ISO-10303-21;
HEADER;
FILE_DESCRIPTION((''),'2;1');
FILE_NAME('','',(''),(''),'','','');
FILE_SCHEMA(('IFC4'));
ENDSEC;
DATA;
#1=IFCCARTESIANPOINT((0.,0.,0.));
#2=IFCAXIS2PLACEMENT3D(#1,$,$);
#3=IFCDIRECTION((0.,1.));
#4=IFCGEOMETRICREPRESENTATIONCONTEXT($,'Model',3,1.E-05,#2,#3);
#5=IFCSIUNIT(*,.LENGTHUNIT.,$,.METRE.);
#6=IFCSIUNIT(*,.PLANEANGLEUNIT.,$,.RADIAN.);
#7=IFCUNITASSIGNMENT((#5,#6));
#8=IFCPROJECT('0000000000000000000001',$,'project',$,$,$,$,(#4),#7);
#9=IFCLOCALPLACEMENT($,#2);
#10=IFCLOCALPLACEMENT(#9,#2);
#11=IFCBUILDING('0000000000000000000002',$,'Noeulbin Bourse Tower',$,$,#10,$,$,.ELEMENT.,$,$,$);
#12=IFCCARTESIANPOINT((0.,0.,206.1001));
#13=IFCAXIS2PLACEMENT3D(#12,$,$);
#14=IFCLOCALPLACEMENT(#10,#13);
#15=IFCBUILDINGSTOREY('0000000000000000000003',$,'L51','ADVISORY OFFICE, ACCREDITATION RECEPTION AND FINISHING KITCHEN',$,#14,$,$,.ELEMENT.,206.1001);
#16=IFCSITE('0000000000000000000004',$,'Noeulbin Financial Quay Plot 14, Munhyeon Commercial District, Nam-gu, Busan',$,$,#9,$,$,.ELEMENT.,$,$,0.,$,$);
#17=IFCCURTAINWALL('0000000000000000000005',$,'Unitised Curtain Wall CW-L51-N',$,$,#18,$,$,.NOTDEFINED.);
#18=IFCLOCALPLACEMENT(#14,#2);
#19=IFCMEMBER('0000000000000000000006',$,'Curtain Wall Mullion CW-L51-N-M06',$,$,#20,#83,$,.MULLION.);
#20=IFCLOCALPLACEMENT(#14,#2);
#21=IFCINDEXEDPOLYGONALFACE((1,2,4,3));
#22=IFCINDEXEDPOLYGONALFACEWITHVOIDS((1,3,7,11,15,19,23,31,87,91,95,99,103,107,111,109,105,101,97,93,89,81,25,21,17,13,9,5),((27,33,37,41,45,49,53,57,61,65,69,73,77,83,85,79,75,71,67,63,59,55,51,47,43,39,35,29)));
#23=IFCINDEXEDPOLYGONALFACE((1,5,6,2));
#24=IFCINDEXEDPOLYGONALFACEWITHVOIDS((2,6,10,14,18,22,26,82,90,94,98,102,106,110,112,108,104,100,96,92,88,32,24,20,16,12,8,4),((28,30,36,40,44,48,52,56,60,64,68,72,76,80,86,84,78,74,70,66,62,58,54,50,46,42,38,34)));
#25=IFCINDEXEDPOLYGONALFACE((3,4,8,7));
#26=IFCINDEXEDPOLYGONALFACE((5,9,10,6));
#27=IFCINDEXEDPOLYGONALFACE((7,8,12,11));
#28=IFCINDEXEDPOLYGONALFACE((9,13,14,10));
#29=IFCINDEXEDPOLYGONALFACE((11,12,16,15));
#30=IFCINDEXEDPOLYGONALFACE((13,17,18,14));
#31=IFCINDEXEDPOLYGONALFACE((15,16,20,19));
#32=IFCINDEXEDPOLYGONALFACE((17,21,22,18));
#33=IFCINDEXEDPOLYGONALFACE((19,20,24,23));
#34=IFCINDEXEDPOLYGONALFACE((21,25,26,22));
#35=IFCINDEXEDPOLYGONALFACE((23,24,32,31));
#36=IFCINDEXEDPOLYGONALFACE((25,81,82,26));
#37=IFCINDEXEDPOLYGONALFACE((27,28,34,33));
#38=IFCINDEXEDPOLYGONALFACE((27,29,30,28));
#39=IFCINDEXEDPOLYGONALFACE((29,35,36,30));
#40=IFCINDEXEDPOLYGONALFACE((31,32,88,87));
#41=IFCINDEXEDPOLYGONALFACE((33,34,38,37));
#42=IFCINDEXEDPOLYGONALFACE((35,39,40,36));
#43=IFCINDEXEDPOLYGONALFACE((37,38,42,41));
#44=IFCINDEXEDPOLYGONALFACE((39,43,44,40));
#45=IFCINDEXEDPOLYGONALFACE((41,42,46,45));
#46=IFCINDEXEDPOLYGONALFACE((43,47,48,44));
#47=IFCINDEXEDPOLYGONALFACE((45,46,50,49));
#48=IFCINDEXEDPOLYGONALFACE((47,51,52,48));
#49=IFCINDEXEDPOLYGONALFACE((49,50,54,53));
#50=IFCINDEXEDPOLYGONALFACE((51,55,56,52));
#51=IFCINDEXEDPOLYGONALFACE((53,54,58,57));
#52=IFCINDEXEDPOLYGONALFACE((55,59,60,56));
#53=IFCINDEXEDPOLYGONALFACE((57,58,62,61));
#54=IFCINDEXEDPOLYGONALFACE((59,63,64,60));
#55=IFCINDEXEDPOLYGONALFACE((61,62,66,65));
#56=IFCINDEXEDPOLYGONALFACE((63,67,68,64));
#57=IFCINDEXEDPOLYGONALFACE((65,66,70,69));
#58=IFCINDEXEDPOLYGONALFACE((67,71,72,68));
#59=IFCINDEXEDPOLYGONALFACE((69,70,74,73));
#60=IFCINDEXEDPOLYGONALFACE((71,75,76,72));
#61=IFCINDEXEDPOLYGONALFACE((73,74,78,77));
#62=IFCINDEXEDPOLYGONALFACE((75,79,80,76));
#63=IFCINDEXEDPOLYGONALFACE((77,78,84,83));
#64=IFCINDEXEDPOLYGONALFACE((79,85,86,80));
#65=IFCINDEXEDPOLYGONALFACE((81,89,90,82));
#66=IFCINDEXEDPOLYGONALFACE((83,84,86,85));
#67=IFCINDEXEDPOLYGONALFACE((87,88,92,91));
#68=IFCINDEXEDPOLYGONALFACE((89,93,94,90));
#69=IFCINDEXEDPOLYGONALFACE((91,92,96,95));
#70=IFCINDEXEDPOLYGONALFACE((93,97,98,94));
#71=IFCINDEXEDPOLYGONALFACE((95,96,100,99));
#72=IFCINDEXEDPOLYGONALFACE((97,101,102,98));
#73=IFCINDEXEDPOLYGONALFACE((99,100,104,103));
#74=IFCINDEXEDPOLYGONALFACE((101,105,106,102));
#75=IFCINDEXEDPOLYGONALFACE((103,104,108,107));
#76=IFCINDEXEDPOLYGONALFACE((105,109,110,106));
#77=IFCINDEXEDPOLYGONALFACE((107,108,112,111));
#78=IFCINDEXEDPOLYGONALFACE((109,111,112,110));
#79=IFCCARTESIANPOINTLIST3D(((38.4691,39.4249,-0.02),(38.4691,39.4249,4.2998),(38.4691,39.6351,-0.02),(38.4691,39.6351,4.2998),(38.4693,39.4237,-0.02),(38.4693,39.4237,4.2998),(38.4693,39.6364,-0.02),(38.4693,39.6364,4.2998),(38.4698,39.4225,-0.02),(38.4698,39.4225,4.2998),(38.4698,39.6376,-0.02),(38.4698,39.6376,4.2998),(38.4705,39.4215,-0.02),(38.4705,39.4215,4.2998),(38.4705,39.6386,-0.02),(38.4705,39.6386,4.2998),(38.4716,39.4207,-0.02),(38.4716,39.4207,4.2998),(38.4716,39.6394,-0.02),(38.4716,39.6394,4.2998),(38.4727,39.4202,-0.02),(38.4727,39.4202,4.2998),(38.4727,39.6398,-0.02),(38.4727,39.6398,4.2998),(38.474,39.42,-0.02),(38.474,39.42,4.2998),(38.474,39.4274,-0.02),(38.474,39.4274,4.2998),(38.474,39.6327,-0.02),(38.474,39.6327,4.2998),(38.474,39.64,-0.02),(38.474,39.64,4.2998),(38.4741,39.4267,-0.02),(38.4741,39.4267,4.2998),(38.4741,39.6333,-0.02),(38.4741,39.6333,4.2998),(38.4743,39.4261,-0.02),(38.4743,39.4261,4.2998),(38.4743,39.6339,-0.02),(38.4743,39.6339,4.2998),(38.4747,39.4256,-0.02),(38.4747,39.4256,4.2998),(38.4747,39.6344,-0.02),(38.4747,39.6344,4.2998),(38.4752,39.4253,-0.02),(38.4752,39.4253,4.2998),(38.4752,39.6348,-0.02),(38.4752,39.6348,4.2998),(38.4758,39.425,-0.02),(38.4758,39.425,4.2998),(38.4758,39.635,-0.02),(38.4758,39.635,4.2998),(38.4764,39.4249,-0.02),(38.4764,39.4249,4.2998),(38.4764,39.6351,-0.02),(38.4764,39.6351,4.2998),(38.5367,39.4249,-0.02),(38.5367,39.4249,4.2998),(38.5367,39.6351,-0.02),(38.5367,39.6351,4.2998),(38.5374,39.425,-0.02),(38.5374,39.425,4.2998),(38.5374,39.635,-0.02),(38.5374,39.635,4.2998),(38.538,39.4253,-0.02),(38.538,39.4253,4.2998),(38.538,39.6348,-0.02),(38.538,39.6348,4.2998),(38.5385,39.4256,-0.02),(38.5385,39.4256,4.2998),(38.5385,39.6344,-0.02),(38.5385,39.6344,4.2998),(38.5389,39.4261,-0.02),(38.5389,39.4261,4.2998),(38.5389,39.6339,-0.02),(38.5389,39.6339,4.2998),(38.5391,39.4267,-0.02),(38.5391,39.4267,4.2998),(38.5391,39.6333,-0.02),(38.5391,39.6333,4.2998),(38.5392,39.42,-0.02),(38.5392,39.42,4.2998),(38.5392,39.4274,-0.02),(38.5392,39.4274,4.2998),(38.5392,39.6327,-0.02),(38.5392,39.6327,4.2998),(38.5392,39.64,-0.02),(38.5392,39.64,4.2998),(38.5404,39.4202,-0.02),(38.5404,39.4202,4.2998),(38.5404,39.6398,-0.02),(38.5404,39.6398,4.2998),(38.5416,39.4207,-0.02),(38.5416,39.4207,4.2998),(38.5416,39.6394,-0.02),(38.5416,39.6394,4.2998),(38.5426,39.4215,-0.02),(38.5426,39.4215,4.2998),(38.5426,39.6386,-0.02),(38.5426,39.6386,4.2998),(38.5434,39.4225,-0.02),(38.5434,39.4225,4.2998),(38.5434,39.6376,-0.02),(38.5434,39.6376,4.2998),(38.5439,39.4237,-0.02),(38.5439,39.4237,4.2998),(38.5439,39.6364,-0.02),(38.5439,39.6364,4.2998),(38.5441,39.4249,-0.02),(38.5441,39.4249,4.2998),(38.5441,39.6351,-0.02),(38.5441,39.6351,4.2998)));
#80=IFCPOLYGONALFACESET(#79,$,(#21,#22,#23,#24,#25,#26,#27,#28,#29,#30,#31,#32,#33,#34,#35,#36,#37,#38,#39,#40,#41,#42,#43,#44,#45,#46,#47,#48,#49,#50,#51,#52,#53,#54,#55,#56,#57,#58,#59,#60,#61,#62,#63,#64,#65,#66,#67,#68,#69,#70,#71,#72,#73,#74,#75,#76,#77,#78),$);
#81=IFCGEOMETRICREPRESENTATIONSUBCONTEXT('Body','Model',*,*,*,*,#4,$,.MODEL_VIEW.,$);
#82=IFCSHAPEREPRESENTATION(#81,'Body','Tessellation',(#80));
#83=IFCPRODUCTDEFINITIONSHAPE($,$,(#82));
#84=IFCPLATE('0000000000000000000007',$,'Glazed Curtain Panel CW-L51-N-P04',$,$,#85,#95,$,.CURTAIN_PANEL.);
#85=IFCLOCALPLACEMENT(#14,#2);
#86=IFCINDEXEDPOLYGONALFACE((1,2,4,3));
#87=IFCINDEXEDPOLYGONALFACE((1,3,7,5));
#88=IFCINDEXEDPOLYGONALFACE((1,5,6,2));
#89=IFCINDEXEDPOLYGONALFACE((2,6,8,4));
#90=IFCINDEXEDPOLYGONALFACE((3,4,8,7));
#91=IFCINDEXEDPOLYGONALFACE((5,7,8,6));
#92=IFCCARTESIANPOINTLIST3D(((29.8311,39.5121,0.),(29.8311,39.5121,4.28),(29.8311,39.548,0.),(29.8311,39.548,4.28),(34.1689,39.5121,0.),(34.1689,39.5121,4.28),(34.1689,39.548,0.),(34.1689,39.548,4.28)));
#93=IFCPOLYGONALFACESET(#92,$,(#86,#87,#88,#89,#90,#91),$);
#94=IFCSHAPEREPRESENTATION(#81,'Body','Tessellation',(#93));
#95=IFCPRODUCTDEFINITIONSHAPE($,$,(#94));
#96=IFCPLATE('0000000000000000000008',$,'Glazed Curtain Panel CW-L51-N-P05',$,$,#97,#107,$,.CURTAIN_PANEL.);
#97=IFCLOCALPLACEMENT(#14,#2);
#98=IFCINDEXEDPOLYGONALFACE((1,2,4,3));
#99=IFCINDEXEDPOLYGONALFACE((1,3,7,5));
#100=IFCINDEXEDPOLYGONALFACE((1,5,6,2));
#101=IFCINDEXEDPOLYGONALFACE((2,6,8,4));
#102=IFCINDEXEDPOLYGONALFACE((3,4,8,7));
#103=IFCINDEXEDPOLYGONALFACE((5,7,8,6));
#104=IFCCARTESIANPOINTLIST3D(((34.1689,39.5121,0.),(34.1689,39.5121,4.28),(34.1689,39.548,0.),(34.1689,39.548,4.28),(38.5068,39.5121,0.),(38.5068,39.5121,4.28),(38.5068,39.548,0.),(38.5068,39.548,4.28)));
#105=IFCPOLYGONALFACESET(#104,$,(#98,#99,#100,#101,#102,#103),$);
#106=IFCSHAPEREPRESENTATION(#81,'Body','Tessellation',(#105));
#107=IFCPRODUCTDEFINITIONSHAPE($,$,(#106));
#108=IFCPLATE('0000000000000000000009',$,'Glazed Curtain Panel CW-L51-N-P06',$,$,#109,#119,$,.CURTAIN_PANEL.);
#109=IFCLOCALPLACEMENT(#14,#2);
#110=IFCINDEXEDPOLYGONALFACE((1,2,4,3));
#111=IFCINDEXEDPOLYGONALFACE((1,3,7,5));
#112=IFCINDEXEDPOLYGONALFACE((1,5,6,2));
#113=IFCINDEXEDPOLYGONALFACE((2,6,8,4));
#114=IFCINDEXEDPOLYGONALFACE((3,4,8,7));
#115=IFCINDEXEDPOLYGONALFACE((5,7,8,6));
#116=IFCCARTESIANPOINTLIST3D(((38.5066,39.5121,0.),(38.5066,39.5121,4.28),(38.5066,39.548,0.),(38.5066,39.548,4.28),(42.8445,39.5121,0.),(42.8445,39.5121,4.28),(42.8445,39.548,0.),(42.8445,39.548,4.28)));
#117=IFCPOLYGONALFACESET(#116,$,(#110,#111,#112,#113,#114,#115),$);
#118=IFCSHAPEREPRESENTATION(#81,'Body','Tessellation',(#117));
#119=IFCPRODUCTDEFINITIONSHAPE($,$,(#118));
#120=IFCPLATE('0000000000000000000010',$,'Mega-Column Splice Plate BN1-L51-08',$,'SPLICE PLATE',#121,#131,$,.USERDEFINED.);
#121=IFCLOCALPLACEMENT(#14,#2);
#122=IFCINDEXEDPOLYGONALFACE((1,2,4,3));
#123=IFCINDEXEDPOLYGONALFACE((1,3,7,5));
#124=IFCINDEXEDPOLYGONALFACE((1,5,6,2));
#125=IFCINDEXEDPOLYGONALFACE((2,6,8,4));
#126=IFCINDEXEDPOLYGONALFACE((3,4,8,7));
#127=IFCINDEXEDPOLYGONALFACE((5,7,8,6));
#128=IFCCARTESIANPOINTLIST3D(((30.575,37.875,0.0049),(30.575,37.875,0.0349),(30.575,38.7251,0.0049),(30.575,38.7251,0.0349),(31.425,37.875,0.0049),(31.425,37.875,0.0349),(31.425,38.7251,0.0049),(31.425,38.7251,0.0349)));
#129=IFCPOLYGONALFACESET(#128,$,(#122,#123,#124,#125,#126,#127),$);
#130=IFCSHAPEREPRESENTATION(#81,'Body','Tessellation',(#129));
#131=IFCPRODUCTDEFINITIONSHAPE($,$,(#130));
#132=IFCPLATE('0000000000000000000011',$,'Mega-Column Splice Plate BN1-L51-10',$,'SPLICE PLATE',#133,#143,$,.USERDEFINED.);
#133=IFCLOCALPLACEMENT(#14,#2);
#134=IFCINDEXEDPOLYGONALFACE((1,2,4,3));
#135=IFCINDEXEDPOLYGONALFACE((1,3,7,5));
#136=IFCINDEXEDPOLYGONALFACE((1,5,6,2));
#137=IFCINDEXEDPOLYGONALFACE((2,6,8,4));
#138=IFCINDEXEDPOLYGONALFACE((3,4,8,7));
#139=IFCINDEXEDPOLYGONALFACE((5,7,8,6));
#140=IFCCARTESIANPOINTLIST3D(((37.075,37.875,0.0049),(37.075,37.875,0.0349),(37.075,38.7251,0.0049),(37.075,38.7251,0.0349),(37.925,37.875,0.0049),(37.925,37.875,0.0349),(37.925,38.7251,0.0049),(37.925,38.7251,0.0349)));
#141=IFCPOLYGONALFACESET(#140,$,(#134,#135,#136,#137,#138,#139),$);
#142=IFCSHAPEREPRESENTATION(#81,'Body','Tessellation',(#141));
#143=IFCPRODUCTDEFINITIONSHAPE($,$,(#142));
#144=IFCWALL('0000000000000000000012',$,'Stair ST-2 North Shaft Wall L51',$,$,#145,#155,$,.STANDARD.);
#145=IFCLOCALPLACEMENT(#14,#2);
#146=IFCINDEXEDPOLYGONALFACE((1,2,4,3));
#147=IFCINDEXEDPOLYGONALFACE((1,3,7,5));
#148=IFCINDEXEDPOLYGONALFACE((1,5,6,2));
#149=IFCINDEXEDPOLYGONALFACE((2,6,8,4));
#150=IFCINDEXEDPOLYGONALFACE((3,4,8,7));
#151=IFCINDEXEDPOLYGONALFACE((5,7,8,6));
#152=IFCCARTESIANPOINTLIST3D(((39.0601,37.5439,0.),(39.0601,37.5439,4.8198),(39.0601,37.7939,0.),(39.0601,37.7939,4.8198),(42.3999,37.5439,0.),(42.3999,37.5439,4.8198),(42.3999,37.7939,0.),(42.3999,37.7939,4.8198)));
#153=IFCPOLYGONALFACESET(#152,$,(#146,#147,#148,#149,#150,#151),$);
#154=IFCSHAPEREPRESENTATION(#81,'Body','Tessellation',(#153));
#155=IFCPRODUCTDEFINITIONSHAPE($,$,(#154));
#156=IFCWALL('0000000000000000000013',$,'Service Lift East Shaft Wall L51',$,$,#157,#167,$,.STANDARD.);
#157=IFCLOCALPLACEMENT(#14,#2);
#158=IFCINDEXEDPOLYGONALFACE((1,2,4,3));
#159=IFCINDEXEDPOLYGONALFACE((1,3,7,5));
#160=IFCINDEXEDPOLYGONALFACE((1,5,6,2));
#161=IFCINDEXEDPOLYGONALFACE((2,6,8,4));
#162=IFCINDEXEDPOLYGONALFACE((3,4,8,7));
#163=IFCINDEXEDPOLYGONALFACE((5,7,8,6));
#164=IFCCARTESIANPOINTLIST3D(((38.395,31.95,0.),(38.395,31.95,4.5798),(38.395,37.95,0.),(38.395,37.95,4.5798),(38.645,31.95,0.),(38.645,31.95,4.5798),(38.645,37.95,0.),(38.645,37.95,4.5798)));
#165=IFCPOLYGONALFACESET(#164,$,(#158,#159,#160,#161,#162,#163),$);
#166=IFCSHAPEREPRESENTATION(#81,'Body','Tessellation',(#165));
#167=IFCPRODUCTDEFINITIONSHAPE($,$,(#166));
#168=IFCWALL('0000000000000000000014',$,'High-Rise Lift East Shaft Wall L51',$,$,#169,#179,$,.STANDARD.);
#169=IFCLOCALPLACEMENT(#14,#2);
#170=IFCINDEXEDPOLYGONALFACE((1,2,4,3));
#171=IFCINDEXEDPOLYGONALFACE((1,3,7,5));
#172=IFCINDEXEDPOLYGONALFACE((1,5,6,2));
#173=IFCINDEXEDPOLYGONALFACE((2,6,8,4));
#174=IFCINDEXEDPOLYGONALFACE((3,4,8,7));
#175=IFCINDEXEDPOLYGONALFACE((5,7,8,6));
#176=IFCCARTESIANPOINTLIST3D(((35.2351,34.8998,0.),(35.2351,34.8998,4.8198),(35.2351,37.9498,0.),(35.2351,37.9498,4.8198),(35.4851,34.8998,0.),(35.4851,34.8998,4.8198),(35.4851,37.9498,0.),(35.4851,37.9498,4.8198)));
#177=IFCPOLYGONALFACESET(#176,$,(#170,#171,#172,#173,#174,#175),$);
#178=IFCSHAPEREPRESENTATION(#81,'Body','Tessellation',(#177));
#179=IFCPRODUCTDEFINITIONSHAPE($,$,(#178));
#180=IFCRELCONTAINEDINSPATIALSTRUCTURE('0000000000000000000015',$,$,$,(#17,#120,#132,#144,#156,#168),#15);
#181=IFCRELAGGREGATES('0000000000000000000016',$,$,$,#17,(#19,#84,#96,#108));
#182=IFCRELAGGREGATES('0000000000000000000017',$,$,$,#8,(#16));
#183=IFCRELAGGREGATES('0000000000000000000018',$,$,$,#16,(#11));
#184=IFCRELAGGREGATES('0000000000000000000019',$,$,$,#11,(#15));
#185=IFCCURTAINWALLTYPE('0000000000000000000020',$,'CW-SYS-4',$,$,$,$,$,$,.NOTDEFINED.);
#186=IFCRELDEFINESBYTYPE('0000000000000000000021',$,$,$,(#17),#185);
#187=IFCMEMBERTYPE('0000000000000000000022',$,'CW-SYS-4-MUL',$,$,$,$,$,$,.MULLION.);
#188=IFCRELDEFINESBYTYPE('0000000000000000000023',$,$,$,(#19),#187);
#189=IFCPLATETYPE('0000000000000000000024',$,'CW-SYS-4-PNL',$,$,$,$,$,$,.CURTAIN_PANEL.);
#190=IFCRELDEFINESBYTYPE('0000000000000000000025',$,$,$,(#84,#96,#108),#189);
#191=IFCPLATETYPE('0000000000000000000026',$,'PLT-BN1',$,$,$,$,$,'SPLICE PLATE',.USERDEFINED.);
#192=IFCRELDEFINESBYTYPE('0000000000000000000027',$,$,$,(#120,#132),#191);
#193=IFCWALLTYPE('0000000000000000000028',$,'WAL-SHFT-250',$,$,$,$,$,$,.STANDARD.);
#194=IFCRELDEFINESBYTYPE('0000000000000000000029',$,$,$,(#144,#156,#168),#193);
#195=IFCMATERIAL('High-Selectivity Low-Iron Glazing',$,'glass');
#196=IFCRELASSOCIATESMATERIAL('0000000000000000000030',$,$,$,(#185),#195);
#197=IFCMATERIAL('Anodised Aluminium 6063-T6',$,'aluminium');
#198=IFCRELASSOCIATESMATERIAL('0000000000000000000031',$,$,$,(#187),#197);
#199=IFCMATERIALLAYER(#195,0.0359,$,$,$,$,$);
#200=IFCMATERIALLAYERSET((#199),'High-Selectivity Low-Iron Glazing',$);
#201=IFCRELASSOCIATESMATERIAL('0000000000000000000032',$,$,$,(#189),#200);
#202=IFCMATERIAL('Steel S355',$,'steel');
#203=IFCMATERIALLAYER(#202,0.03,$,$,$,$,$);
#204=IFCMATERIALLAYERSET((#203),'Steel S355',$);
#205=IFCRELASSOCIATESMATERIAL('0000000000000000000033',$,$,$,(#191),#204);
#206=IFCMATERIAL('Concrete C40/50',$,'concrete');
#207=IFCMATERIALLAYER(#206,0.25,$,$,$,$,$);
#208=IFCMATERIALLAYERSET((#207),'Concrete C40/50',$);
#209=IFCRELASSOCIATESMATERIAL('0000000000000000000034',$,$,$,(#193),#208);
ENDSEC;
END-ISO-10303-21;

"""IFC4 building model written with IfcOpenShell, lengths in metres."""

from ifc_helpers import new_model, si_unit, direction, frame, frame_2d, origin, origin_2d, place, context, subcontext, project, spatial, rectangle, hollow_rectangle, extrude, material, layer, layer_set, material_profile, profile_set, type_object, element, aggregate, save


model = new_model("IFC4")

# Units and contexts
model_context = context("Model", 3, precision=1e-05, world=origin(), true_north=direction((0.0, 1.0)))
body_context = subcontext(model_context, "Body", "Model", "MODEL_VIEW")
ifc_project = project(units=[si_unit("LENGTHUNIT", "METRE"), si_unit("PLANEANGLEUNIT", "RADIAN")], contexts=[model_context])

# Site, building, storey
site_placement = place(None, origin())
site = spatial("IfcSite", under=ifc_project, at=site_placement, Name="Noeulbin Financial Quay Plot 14, Munhyeon Commercial District, Nam-gu, Busan", CompositionType="ELEMENT", RefElevation=0.0)
building_placement = place(site_placement, origin())
building = spatial("IfcBuilding", under=site, at=building_placement, Name="Noeulbin Bourse Tower", CompositionType="ELEMENT")
storey_placement = place(building_placement, frame((0.0, 0.0, 206.1001)))
storey = spatial("IfcBuildingStorey", under=building, at=storey_placement, Name="L51", Description="ADVISORY OFFICE, ACCREDITATION RECEPTION AND FINISHING KITCHEN", CompositionType="ELEMENT", Elevation=206.1001)

# Shared definitions
ifc_material_1 = material(Name="Steel S355", Category="steel")

# Curtain wall, member, plates
ifc_material_2 = material(Name="High-Selectivity Low-Iron Glazing", Category="glass")
curtain_wall_type = type_object("IfcCurtainWallType", Name="CW-SYS-4", PredefinedType="NOTDEFINED", material=ifc_material_2)
curtain_wall_placement = place(storey_placement, origin())
curtain_wall = element("IfcCurtainWall", 1, at=curtain_wall_placement, inside=storey, type_object=curtain_wall_type, Name="Unitised Curtain Wall CW-L51-N", PredefinedType="NOTDEFINED")
ifc_material_3 = material(Name="Anodised Aluminium 6063-T6", Category="aluminium")
ifc_material_profile_1 = material_profile(ifc_material_3, hollow_rectangle(XDim=0.075, YDim=0.22, WallThickness=0.0049, InnerFilletRadius=0.0024, OuterFilletRadius=0.0049, at=origin_2d()), Name="ALU-MULL-75x220x5", Category="LoadBearing")
ifc_profile_set_1 = profile_set([ifc_material_profile_1], Name="Anodised Aluminium 6063-T6")
member_type = type_object("IfcMemberType", Name="CW-SYS-4-MUL", PredefinedType="MULLION", material=ifc_profile_set_1)
member_1_placement = place(storey_placement, frame((38.5066, 39.53, -0.02), z_axis=(0.0, 0.0, 1.0), x_axis=(1.0, 0.0, 0.0)))
member_1 = element("IfcMember", 2, at=member_1_placement, type_object=member_type, Name="Curtain Wall Mullion CW-L51-N-M06", PredefinedType="MULLION", context=body_context, shape_type="SweptSolid", body=[
    extrude(hollow_rectangle(XDim=0.075, YDim=0.22, WallThickness=0.0049, InnerFilletRadius=0.0024, OuterFilletRadius=0.0049, at=origin_2d()), origin(), (0.0, 0.0, 1.0), 4.3198),
])
ifc_layer_1 = layer(ifc_material_2, 0.0359)
ifc_layer_set_1 = layer_set([ifc_layer_1], Name="High-Selectivity Low-Iron Glazing")
plate_type_1 = type_object("IfcPlateType", Name="CW-SYS-4-PNL", PredefinedType="CURTAIN_PANEL", material=ifc_layer_set_1)
plate_1_placement = place(storey_placement, frame((32.0, 39.53, 0.0), z_axis=(0.0, 0.0, 1.0), x_axis=(1.0, 0.0, 0.0)))
plate_1 = element("IfcPlate", 3, at=plate_1_placement, type_object=plate_type_1, Name="Glazed Curtain Panel CW-L51-N-P04", PredefinedType="CURTAIN_PANEL", context=body_context, shape_type="SweptSolid", body=[
    extrude(rectangle(XDim=4.3379, YDim=0.0359, at=origin_2d()), origin(), (0.0, 0.0, 1.0), 4.28),
])
plate_2_placement = place(storey_placement, frame((36.3379, 39.53, 0.0), z_axis=(0.0, 0.0, 1.0), x_axis=(1.0, 0.0, 0.0)))
plate_2 = element("IfcPlate", 4, at=plate_2_placement, type_object=plate_type_1, Name="Glazed Curtain Panel CW-L51-N-P05", PredefinedType="CURTAIN_PANEL", context=body_context, shape_type="SweptSolid", body=[
    extrude(rectangle(XDim=4.3379, YDim=0.0359, at=origin_2d()), origin(), (0.0, 0.0, 1.0), 4.28),
])
plate_3_placement = place(storey_placement, frame((40.6755, 39.53, 0.0), z_axis=(0.0, 0.0, 1.0), x_axis=(1.0, 0.0, 0.0)))
plate_3 = element("IfcPlate", 5, at=plate_3_placement, type_object=plate_type_1, Name="Glazed Curtain Panel CW-L51-N-P06", PredefinedType="CURTAIN_PANEL", context=body_context, shape_type="SweptSolid", body=[
    extrude(rectangle(XDim=4.3379, YDim=0.0359, at=origin_2d()), origin(), (0.0, 0.0, 1.0), 4.28),
])
aggregate(curtain_wall, [member_1, plate_1, plate_2, plate_3])

# Plates
ifc_layer_2 = layer(ifc_material_1, 0.03)
ifc_layer_set_2 = layer_set([ifc_layer_2], Name="Steel S355")
plate_type_2 = type_object("IfcPlateType", Name="PLT-BN1", ElementType="SPLICE PLATE", PredefinedType="USERDEFINED", material=ifc_layer_set_2)
for number, where, z_axis, x_axis, name in (
    (6, (31.0, 38.3, 0.0049), (0.0, 0.0, 1.0), (1.0, 0.0, 0.0), "Mega-Column Splice Plate BN1-L51-08"),
    (7, (37.5, 38.3, 0.0049), (0.0, 0.0, 1.0), (1.0, 0.0, 0.0), "Mega-Column Splice Plate BN1-L51-10"),
):
    element("IfcPlate", number, at=place(storey_placement, frame(where, z_axis=z_axis, x_axis=x_axis)), inside=storey, type_object=plate_type_2, Name=name, ObjectType="SPLICE PLATE", PredefinedType="USERDEFINED", context=body_context, shape_type="SweptSolid", body=[
        extrude(rectangle(XDim=0.8501, YDim=0.8501, at=origin_2d()), origin(), (0.0, 0.0, 1.0), 0.03),
    ])

# Walls
ifc_material_4 = material(Name="Concrete C40/50", Category="concrete")
ifc_layer_3 = layer(ifc_material_4, 0.25)
ifc_layer_set_3 = layer_set([ifc_layer_3], Name="Concrete C40/50")
wall_type = type_object("IfcWallType", Name="WAL-SHFT-250", PredefinedType="STANDARD", material=ifc_layer_set_3)
wall_1_placement = place(storey_placement, frame((39.0601, 37.6689, 0.0), z_axis=(0.0, 0.0, 1.0), x_axis=(1.0, 0.0, 0.0)))
element("IfcWall", 8, at=wall_1_placement, inside=storey, type_object=wall_type, Name="Stair ST-2 North Shaft Wall L51", PredefinedType="STANDARD", context=body_context, shape_type="SweptSolid", body=[
    extrude(rectangle(XDim=3.3398, YDim=0.25, at=frame_2d((1.6699, 0.0))), origin(), (0.0, 0.0, 1.0), 4.8198),
])
wall_2_placement = place(storey_placement, frame((38.52, 31.95, 0.0), z_axis=(0.0, 0.0, 1.0), x_axis=(0.0, 1.0, 0.0)))
element("IfcWall", 9, at=wall_2_placement, inside=storey, type_object=wall_type, Name="Service Lift East Shaft Wall L51", PredefinedType="STANDARD", context=body_context, shape_type="SweptSolid", body=[
    extrude(rectangle(XDim=6.0, YDim=0.25, at=frame_2d((3.0, 0.0))), origin(), (0.0, 0.0, 1.0), 4.5798),
])
wall_3_placement = place(storey_placement, frame((35.3601, 34.8999, 0.0), z_axis=(0.0, 0.0, 1.0), x_axis=(0.0, 1.0, 0.0)))
element("IfcWall", 10, at=wall_3_placement, inside=storey, type_object=wall_type, Name="High-Rise Lift East Shaft Wall L51", PredefinedType="STANDARD", context=body_context, shape_type="SweptSolid", body=[
    extrude(rectangle(XDim=3.05, YDim=0.25, at=frame_2d((1.5249, 0.0))), origin(), (0.0, 0.0, 1.0), 4.8198),
])

save(model, "model.ifc")
